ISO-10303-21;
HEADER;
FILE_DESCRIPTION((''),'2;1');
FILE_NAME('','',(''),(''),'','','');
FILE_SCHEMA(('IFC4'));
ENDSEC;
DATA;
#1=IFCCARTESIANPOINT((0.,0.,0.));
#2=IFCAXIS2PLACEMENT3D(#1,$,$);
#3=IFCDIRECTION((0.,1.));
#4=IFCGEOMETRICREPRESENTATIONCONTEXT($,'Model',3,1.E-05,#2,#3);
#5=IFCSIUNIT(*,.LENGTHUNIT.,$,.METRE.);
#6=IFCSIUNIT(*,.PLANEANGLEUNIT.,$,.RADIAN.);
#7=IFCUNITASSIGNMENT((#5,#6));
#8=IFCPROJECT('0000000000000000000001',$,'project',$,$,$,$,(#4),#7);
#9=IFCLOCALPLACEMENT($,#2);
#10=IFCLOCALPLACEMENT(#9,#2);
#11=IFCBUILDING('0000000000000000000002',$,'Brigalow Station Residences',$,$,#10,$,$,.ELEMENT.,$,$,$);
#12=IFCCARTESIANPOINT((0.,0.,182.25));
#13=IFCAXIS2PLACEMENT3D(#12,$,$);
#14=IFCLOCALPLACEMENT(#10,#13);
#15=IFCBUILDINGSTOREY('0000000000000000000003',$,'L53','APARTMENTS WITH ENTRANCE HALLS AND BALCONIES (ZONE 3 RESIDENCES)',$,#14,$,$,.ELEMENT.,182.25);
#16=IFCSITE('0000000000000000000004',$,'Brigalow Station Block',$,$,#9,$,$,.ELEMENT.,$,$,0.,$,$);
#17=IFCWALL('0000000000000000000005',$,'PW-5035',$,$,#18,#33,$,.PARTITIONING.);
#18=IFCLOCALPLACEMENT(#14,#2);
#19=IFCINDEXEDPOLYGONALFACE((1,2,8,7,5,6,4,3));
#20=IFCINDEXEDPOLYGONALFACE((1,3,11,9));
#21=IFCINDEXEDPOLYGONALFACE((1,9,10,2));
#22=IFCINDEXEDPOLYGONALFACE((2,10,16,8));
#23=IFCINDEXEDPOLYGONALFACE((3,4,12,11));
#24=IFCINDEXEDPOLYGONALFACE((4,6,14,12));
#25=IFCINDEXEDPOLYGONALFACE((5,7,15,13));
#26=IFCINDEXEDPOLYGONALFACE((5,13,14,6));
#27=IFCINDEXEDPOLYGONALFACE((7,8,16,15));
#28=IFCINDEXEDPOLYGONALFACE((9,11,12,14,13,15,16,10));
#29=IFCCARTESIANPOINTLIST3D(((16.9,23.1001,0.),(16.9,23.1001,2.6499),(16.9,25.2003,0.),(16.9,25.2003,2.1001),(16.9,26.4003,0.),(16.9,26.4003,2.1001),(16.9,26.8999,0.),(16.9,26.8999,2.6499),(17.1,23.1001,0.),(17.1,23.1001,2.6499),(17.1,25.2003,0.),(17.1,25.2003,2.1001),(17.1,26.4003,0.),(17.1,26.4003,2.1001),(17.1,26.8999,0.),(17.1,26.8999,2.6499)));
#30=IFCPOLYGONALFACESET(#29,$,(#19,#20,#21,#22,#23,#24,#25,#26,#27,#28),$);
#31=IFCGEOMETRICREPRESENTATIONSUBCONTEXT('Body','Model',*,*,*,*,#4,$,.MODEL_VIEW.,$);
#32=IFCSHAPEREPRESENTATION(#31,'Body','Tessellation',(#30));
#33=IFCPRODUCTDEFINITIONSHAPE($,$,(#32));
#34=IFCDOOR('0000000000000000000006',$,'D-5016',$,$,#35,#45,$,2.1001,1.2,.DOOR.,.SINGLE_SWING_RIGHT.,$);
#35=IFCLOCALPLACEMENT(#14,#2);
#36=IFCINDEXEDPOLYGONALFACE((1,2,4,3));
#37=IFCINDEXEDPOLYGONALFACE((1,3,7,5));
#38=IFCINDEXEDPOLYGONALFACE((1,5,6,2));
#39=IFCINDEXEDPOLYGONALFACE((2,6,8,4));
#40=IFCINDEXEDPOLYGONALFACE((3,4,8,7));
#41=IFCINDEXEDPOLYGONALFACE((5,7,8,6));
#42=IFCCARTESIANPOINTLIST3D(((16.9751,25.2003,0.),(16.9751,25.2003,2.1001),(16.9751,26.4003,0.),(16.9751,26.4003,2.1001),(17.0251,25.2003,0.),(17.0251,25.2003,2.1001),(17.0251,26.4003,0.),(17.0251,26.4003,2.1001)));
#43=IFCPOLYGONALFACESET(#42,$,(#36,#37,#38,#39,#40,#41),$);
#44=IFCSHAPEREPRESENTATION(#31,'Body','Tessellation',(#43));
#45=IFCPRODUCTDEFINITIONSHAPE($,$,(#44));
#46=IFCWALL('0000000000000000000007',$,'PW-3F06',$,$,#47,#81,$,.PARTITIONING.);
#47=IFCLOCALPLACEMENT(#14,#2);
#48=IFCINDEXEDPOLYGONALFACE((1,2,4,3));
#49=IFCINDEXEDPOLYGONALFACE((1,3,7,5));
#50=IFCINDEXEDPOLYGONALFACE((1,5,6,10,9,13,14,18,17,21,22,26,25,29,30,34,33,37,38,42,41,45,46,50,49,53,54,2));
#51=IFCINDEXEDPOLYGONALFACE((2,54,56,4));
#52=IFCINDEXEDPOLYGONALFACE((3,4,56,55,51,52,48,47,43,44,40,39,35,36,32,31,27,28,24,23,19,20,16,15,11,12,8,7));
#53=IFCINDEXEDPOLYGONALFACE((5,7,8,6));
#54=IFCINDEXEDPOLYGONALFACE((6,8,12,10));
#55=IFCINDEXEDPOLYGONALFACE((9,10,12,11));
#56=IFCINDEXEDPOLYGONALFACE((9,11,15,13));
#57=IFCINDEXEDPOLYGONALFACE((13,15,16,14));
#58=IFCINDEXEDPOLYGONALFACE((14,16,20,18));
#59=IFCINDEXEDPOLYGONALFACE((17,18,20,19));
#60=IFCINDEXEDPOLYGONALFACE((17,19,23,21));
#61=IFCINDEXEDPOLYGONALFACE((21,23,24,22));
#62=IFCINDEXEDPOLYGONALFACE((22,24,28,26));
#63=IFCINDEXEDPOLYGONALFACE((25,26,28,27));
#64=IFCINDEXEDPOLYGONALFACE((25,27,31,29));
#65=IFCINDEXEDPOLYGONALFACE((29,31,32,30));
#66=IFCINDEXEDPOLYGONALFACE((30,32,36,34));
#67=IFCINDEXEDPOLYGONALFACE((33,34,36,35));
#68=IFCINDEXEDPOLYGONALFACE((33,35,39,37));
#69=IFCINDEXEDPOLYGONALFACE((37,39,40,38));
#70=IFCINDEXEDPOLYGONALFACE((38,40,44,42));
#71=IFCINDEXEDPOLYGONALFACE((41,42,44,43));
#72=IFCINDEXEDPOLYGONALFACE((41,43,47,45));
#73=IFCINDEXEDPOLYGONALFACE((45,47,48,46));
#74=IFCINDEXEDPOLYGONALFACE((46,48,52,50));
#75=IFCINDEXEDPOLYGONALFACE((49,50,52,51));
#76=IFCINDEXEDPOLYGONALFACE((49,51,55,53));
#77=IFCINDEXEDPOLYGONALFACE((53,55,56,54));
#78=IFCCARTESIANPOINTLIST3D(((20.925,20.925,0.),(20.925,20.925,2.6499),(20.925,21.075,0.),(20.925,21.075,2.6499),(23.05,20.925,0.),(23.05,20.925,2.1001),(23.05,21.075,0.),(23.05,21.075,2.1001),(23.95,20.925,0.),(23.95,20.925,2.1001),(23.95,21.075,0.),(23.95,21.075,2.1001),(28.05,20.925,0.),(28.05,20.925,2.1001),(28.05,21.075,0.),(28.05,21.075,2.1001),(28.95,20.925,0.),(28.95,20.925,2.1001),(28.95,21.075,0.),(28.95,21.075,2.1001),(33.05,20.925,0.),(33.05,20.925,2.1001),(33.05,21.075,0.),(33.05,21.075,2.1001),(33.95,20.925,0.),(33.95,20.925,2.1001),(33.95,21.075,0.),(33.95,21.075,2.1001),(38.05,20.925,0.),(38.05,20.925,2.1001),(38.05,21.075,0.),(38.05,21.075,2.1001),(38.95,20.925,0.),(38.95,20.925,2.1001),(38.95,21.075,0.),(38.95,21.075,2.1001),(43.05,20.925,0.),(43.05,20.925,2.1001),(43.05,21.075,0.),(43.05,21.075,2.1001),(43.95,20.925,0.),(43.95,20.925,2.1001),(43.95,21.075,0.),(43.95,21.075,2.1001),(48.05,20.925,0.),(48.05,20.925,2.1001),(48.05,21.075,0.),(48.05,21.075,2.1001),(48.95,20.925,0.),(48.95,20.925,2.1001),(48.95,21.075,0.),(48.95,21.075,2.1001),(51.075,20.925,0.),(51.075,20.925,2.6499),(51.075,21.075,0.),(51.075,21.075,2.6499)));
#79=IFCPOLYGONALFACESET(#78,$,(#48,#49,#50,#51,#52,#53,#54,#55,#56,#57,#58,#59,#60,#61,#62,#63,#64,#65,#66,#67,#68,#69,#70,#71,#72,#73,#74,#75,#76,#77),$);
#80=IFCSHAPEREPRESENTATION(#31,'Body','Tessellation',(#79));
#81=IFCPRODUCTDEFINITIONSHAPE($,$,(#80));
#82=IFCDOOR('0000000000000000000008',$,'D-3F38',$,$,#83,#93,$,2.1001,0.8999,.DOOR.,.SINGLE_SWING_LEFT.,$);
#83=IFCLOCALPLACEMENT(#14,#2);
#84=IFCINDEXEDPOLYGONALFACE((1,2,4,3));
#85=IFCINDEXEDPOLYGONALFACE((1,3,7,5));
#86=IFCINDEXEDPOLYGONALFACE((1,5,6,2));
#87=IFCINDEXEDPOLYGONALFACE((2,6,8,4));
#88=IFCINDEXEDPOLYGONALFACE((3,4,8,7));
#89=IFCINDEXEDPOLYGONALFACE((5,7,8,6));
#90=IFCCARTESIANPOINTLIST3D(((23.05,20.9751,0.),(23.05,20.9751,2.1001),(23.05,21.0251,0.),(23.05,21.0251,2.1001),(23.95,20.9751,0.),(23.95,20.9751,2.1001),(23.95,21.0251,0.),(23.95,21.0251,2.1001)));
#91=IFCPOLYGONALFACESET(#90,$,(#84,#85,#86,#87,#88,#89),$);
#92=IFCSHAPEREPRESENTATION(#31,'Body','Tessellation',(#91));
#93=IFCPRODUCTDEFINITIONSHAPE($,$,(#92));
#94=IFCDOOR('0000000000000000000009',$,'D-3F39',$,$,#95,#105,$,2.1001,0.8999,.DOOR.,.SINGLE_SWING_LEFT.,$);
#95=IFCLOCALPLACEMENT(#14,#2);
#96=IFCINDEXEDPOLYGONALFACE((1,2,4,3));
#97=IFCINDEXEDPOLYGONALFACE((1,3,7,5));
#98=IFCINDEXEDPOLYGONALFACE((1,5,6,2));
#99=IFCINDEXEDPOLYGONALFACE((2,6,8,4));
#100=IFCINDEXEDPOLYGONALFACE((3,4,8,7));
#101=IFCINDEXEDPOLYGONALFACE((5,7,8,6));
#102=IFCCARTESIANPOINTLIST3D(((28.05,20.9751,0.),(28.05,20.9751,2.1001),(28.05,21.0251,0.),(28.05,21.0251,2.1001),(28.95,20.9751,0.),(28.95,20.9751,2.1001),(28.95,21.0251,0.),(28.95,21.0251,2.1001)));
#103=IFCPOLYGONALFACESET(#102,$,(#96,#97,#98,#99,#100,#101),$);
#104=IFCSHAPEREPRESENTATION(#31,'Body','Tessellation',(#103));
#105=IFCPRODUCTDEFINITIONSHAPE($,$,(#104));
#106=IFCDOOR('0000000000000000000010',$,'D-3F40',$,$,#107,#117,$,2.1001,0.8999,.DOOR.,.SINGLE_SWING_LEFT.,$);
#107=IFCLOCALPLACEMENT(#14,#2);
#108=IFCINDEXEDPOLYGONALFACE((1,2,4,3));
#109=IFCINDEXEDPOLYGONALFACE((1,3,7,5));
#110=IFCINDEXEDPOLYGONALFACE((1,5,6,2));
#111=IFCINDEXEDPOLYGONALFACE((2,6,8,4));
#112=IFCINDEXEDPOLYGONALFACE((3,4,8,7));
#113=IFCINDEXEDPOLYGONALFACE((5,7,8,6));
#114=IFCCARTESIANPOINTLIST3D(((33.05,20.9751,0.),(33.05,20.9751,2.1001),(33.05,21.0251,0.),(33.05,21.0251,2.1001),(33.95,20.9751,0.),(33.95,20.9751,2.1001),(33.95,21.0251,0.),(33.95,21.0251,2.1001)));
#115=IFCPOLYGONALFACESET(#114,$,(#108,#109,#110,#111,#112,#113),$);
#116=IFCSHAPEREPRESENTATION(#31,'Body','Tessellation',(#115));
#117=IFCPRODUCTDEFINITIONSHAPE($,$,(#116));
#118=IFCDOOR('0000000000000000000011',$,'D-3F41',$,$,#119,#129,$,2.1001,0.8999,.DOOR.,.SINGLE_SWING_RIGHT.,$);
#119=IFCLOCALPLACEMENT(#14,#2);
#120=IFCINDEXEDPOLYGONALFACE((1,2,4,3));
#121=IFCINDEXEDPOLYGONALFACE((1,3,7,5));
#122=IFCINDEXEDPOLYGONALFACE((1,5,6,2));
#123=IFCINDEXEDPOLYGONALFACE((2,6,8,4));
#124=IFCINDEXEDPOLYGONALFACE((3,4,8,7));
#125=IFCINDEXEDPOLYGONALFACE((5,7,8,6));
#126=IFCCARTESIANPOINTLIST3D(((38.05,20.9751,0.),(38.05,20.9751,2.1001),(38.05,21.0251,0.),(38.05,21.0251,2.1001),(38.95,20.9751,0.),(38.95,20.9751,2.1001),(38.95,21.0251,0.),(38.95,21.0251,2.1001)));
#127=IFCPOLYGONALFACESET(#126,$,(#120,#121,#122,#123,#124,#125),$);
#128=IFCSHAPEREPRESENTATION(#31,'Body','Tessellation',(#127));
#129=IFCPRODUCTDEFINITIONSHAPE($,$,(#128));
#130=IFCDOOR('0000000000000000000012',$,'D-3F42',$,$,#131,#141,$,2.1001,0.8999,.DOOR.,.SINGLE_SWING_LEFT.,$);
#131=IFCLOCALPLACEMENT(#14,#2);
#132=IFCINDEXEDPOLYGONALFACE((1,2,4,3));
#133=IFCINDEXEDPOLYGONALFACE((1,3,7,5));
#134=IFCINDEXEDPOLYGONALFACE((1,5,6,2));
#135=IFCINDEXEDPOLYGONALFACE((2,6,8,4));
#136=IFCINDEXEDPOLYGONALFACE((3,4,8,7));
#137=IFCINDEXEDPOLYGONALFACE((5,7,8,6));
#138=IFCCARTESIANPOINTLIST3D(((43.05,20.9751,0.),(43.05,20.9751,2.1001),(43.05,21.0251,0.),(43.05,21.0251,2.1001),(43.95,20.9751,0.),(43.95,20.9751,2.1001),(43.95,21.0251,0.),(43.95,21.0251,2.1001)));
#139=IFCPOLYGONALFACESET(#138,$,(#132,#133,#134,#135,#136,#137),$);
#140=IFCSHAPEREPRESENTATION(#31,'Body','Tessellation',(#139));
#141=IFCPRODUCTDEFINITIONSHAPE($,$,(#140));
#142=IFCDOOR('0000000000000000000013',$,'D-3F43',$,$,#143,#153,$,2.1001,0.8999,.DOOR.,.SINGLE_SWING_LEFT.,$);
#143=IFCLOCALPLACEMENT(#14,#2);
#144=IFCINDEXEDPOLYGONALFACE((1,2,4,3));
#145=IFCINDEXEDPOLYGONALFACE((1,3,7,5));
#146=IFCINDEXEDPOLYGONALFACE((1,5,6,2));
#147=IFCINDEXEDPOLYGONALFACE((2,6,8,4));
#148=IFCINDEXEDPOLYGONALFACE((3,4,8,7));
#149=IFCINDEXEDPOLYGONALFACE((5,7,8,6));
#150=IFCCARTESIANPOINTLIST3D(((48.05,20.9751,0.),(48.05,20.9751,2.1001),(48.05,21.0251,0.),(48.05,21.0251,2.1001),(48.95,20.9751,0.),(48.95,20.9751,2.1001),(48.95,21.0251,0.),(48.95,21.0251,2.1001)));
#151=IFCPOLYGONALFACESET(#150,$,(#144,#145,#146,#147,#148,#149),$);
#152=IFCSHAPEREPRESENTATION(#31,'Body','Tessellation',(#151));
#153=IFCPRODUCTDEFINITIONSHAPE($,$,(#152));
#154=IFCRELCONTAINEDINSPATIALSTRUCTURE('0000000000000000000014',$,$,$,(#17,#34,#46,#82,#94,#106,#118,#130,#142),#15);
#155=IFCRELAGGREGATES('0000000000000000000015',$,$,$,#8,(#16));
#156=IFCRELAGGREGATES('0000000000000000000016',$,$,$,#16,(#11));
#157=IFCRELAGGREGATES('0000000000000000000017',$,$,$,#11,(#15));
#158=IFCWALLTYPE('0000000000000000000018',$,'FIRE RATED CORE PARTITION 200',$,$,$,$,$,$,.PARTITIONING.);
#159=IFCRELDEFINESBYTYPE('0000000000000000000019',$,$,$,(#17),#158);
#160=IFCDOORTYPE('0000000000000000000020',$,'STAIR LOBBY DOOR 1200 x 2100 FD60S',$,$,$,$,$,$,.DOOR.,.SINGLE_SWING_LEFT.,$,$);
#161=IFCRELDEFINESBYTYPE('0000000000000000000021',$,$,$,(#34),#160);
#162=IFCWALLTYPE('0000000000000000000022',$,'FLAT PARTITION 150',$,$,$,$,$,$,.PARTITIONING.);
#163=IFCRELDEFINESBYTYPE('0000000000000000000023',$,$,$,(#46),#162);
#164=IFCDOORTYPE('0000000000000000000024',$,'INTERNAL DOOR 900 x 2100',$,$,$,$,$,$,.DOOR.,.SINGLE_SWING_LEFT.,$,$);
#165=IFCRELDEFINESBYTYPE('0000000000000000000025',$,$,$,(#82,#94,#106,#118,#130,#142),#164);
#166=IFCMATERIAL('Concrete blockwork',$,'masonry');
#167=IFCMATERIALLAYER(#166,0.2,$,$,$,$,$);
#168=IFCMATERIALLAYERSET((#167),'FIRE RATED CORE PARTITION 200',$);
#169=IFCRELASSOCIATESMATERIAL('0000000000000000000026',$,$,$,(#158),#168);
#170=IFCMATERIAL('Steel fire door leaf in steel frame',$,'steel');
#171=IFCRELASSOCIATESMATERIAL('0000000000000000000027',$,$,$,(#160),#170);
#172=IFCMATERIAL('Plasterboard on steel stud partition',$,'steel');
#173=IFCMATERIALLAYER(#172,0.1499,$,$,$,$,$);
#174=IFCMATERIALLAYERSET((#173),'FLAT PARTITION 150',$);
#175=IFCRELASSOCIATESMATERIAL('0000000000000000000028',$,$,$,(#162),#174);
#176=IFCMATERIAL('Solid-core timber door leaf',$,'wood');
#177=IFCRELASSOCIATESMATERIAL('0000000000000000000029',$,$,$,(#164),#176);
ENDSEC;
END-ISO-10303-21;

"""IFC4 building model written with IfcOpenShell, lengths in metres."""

from ifc_helpers import new_model, si_unit, direction, frame, frame_2d, origin, place, context, subcontext, project, spatial, rectangle, extrude, material, layer, layer_set, type_object, element, fill, save


model = new_model("IFC4")

# Units and contexts
model_context = context("Model", 3, precision=1e-05, world=origin(), true_north=direction((0.0, 1.0)))
body_context = subcontext(model_context, "Body", "Model", "MODEL_VIEW")
ifc_project = project(units=[si_unit("LENGTHUNIT", "METRE"), si_unit("PLANEANGLEUNIT", "RADIAN")], contexts=[model_context])

# Site, building, storey
site_placement = place(None, origin())
site = spatial("IfcSite", under=ifc_project, at=site_placement, Name="Brigalow Station Block", CompositionType="ELEMENT", RefElevation=0.0)
building_placement = place(site_placement, origin())
building = spatial("IfcBuilding", under=site, at=building_placement, Name="Brigalow Station Residences", CompositionType="ELEMENT")
storey_placement = place(building_placement, frame((0.0, 0.0, 182.25)))
storey = spatial("IfcBuildingStorey", under=building, at=storey_placement, Name="L53", Description="APARTMENTS WITH ENTRANCE HALLS AND BALCONIES (ZONE 3 RESIDENCES)", CompositionType="ELEMENT", Elevation=182.25)

# Wall, opening, door
ifc_material_1 = material(Name="Concrete blockwork", Category="masonry")
ifc_layer_1 = layer(ifc_material_1, 0.2)
ifc_layer_set_1 = layer_set([ifc_layer_1], Name="FIRE RATED CORE PARTITION 200")
wall_type_1 = type_object("IfcWallType", Name="FIRE RATED CORE PARTITION 200", PredefinedType="PARTITIONING", material=ifc_layer_set_1)
wall_1_placement = place(storey_placement, frame((17.0, 23.1001, 0.0), z_axis=(0.0, 0.0, 1.0), x_axis=(0.0, 1.0, 0.0)))
wall_1 = element("IfcWall", 1, at=wall_1_placement, inside=storey, type_object=wall_type_1, Name="PW-5035", PredefinedType="PARTITIONING", context=body_context, shape_type="SweptSolid", body=[
    extrude(rectangle(XDim=3.7998, YDim=0.2, at=frame_2d((1.8999, 0.0))), origin(), (0.0, 0.0, 1.0), 2.6499),
])
opening_1_placement = place(wall_1_placement, frame((2.1001, 0.0, 0.0)))
opening_1 = element("IfcOpeningElement", 2, at=opening_1_placement, cuts=wall_1, PredefinedType="OPENING", context=body_context, shape_type="SweptSolid", body=[
    extrude(rectangle(XDim=1.2, YDim=2.1001, at=frame_2d((0.6001, 1.05))), frame((0.0, 0.1099, 0.0), z_axis=(0.0, -1.0, 0.0), x_axis=(1.0, 0.0, 0.0)), (0.0, 0.0, 1.0), 0.22),
])
ifc_material_2 = material(Name="Steel fire door leaf in steel frame", Category="steel")
door_type_1 = type_object("IfcDoorType", Name="STAIR LOBBY DOOR 1200 x 2100 FD60S", OperationType="SINGLE_SWING_LEFT", PredefinedType="DOOR", material=ifc_material_2)
door_1_placement = place(opening_1_placement, origin())
door_1 = element("IfcDoor", 3, at=door_1_placement, inside=storey, type_object=door_type_1, Name="D-5016", OperationType="SINGLE_SWING_RIGHT", OverallHeight=2.1001, OverallWidth=1.2, PredefinedType="DOOR", context=body_context, shape_type="SweptSolid", body=[
    extrude(rectangle(XDim=1.2, YDim=2.1001, at=frame_2d((0.6001, 1.05))), frame((0.0, 0.0249, 0.0), z_axis=(0.0, -1.0, 0.0), x_axis=(1.0, 0.0, 0.0)), (0.0, 0.0, 1.0), 0.05),
])
fill(opening_1, door_1)

# Wall, openings, doors
ifc_material_3 = material(Name="Plasterboard on steel stud partition", Category="steel")
ifc_layer_2 = layer(ifc_material_3, 0.1499)
ifc_layer_set_2 = layer_set([ifc_layer_2], Name="FLAT PARTITION 150")
wall_type_2 = type_object("IfcWallType", Name="FLAT PARTITION 150", PredefinedType="PARTITIONING", material=ifc_layer_set_2)
wall_2_placement = place(storey_placement, frame((20.925, 21.0, 0.0), z_axis=(0.0, 0.0, 1.0), x_axis=(1.0, 0.0, 0.0)))
wall_2 = element("IfcWall", 4, at=wall_2_placement, inside=storey, type_object=wall_type_2, Name="PW-3F06", PredefinedType="PARTITIONING", context=body_context, shape_type="SweptSolid", body=[
    extrude(rectangle(XDim=30.1499, YDim=0.1499, at=frame_2d((15.075, 0.0))), origin(), (0.0, 0.0, 1.0), 2.6499),
])
opening_2_placement = place(wall_2_placement, frame((2.125, 0.0, 0.0)))
opening_2 = element("IfcOpeningElement", 5, at=opening_2_placement, cuts=wall_2, PredefinedType="OPENING", context=body_context, shape_type="SweptSolid", body=[
    extrude(rectangle(XDim=0.8999, YDim=2.1001, at=frame_2d((0.45, 1.05))), frame((0.0, 0.085, 0.0), z_axis=(0.0, -1.0, 0.0), x_axis=(1.0, 0.0, 0.0)), (0.0, 0.0, 1.0), 0.1699),
])
opening_3_placement = place(wall_2_placement, frame((7.125, 0.0, 0.0)))
opening_3 = element("IfcOpeningElement", 6, at=opening_3_placement, cuts=wall_2, PredefinedType="OPENING", context=body_context, shape_type="SweptSolid", body=[
    extrude(rectangle(XDim=0.8999, YDim=2.1001, at=frame_2d((0.45, 1.05))), frame((0.0, 0.085, 0.0), z_axis=(0.0, -1.0, 0.0), x_axis=(1.0, 0.0, 0.0)), (0.0, 0.0, 1.0), 0.1699),
])
opening_4_placement = place(wall_2_placement, frame((12.125, 0.0, 0.0)))
opening_4 = element("IfcOpeningElement", 7, at=opening_4_placement, cuts=wall_2, PredefinedType="OPENING", context=body_context, shape_type="SweptSolid", body=[
    extrude(rectangle(XDim=0.8999, YDim=2.1001, at=frame_2d((0.45, 1.05))), frame((0.0, 0.085, 0.0), z_axis=(0.0, -1.0, 0.0), x_axis=(1.0, 0.0, 0.0)), (0.0, 0.0, 1.0), 0.1699),
])
opening_5_placement = place(wall_2_placement, frame((17.125, 0.0, 0.0)))
opening_5 = element("IfcOpeningElement", 8, at=opening_5_placement, cuts=wall_2, PredefinedType="OPENING", context=body_context, shape_type="SweptSolid", body=[
    extrude(rectangle(XDim=0.8999, YDim=2.1001, at=frame_2d((0.45, 1.05))), frame((0.0, 0.085, 0.0), z_axis=(0.0, -1.0, 0.0), x_axis=(1.0, 0.0, 0.0)), (0.0, 0.0, 1.0), 0.1699),
])
opening_6_placement = place(wall_2_placement, frame((22.125, 0.0, 0.0)))
opening_6 = element("IfcOpeningElement", 9, at=opening_6_placement, cuts=wall_2, PredefinedType="OPENING", context=body_context, shape_type="SweptSolid", body=[
    extrude(rectangle(XDim=0.8999, YDim=2.1001, at=frame_2d((0.45, 1.05))), frame((0.0, 0.085, 0.0), z_axis=(0.0, -1.0, 0.0), x_axis=(1.0, 0.0, 0.0)), (0.0, 0.0, 1.0), 0.1699),
])
opening_7_placement = place(wall_2_placement, frame((27.125, 0.0, 0.0)))
opening_7 = element("IfcOpeningElement", 10, at=opening_7_placement, cuts=wall_2, PredefinedType="OPENING", context=body_context, shape_type="SweptSolid", body=[
    extrude(rectangle(XDim=0.8999, YDim=2.1001, at=frame_2d((0.45, 1.05))), frame((0.0, 0.085, 0.0), z_axis=(0.0, -1.0, 0.0), x_axis=(1.0, 0.0, 0.0)), (0.0, 0.0, 1.0), 0.1699),
])
ifc_material_4 = material(Name="Solid-core timber door leaf", Category="wood")
door_type_2 = type_object("IfcDoorType", Name="INTERNAL DOOR 900 x 2100", OperationType="SINGLE_SWING_LEFT", PredefinedType="DOOR", material=ifc_material_4)
door_2_placement = place(opening_2_placement, frame((0.8999, 0.0, 0.0), z_axis=(0.0, 0.0, 1.0), x_axis=(-1.0, 0.0, 0.0)))
door_2 = element("IfcDoor", 11, at=door_2_placement, inside=storey, type_object=door_type_2, Name="D-3F38", OperationType="SINGLE_SWING_LEFT", OverallHeight=2.1001, OverallWidth=0.8999, PredefinedType="DOOR", context=body_context, shape_type="SweptSolid", body=[
    extrude(rectangle(XDim=0.8999, YDim=2.1001, at=frame_2d((0.45, 1.05))), frame((0.0, 0.0249, 0.0), z_axis=(0.0, -1.0, 0.0), x_axis=(1.0, 0.0, 0.0)), (0.0, 0.0, 1.0), 0.05),
])
fill(opening_2, door_2)
door_3_placement = place(opening_3_placement, frame((0.8999, 0.0, 0.0), z_axis=(0.0, 0.0, 1.0), x_axis=(-1.0, 0.0, 0.0)))
door_3 = element("IfcDoor", 12, at=door_3_placement, inside=storey, type_object=door_type_2, Name="D-3F39", OperationType="SINGLE_SWING_LEFT", OverallHeight=2.1001, OverallWidth=0.8999, PredefinedType="DOOR", context=body_context, shape_type="SweptSolid", body=[
    extrude(rectangle(XDim=0.8999, YDim=2.1001, at=frame_2d((0.45, 1.05))), frame((0.0, 0.0249, 0.0), z_axis=(0.0, -1.0, 0.0), x_axis=(1.0, 0.0, 0.0)), (0.0, 0.0, 1.0), 0.05),
])
fill(opening_3, door_3)
door_4_placement = place(opening_4_placement, frame((0.8999, 0.0, 0.0), z_axis=(0.0, 0.0, 1.0), x_axis=(-1.0, 0.0, 0.0)))
door_4 = element("IfcDoor", 13, at=door_4_placement, inside=storey, type_object=door_type_2, Name="D-3F40", OperationType="SINGLE_SWING_LEFT", OverallHeight=2.1001, OverallWidth=0.8999, PredefinedType="DOOR", context=body_context, shape_type="SweptSolid", body=[
    extrude(rectangle(XDim=0.8999, YDim=2.1001, at=frame_2d((0.45, 1.05))), frame((0.0, 0.0249, 0.0), z_axis=(0.0, -1.0, 0.0), x_axis=(1.0, 0.0, 0.0)), (0.0, 0.0, 1.0), 0.05),
])
fill(opening_4, door_4)
door_5_placement = place(opening_5_placement, frame((0.8999, 0.0, 0.0), z_axis=(0.0, 0.0, 1.0), x_axis=(-1.0, 0.0, 0.0)))
door_5 = element("IfcDoor", 14, at=door_5_placement, inside=storey, type_object=door_type_2, Name="D-3F41", OperationType="SINGLE_SWING_RIGHT", OverallHeight=2.1001, OverallWidth=0.8999, PredefinedType="DOOR", context=body_context, shape_type="SweptSolid", body=[
    extrude(rectangle(XDim=0.8999, YDim=2.1001, at=frame_2d((0.45, 1.05))), frame((0.0, 0.0249, 0.0), z_axis=(0.0, -1.0, 0.0), x_axis=(1.0, 0.0, 0.0)), (0.0, 0.0, 1.0), 0.05),
])
fill(opening_5, door_5)
door_6_placement = place(opening_6_placement, frame((0.8999, 0.0, 0.0), z_axis=(0.0, 0.0, 1.0), x_axis=(-1.0, 0.0, 0.0)))
door_6 = element("IfcDoor", 15, at=door_6_placement, inside=storey, type_object=door_type_2, Name="D-3F42", OperationType="SINGLE_SWING_LEFT", OverallHeight=2.1001, OverallWidth=0.8999, PredefinedType="DOOR", context=body_context, shape_type="SweptSolid", body=[
    extrude(rectangle(XDim=0.8999, YDim=2.1001, at=frame_2d((0.45, 1.05))), frame((0.0, 0.0249, 0.0), z_axis=(0.0, -1.0, 0.0), x_axis=(1.0, 0.0, 0.0)), (0.0, 0.0, 1.0), 0.05),
])
fill(opening_6, door_6)
door_7_placement = place(opening_7_placement, frame((0.8999, 0.0, 0.0), z_axis=(0.0, 0.0, 1.0), x_axis=(-1.0, 0.0, 0.0)))
door_7 = element("IfcDoor", 16, at=door_7_placement, inside=storey, type_object=door_type_2, Name="D-3F43", OperationType="SINGLE_SWING_LEFT", OverallHeight=2.1001, OverallWidth=0.8999, PredefinedType="DOOR", context=body_context, shape_type="SweptSolid", body=[
    extrude(rectangle(XDim=0.8999, YDim=2.1001, at=frame_2d((0.45, 1.05))), frame((0.0, 0.0249, 0.0), z_axis=(0.0, -1.0, 0.0), x_axis=(1.0, 0.0, 0.0)), (0.0, 0.0, 1.0), 0.05),
])
fill(opening_7, door_7)

save(model, "model.ifc")
